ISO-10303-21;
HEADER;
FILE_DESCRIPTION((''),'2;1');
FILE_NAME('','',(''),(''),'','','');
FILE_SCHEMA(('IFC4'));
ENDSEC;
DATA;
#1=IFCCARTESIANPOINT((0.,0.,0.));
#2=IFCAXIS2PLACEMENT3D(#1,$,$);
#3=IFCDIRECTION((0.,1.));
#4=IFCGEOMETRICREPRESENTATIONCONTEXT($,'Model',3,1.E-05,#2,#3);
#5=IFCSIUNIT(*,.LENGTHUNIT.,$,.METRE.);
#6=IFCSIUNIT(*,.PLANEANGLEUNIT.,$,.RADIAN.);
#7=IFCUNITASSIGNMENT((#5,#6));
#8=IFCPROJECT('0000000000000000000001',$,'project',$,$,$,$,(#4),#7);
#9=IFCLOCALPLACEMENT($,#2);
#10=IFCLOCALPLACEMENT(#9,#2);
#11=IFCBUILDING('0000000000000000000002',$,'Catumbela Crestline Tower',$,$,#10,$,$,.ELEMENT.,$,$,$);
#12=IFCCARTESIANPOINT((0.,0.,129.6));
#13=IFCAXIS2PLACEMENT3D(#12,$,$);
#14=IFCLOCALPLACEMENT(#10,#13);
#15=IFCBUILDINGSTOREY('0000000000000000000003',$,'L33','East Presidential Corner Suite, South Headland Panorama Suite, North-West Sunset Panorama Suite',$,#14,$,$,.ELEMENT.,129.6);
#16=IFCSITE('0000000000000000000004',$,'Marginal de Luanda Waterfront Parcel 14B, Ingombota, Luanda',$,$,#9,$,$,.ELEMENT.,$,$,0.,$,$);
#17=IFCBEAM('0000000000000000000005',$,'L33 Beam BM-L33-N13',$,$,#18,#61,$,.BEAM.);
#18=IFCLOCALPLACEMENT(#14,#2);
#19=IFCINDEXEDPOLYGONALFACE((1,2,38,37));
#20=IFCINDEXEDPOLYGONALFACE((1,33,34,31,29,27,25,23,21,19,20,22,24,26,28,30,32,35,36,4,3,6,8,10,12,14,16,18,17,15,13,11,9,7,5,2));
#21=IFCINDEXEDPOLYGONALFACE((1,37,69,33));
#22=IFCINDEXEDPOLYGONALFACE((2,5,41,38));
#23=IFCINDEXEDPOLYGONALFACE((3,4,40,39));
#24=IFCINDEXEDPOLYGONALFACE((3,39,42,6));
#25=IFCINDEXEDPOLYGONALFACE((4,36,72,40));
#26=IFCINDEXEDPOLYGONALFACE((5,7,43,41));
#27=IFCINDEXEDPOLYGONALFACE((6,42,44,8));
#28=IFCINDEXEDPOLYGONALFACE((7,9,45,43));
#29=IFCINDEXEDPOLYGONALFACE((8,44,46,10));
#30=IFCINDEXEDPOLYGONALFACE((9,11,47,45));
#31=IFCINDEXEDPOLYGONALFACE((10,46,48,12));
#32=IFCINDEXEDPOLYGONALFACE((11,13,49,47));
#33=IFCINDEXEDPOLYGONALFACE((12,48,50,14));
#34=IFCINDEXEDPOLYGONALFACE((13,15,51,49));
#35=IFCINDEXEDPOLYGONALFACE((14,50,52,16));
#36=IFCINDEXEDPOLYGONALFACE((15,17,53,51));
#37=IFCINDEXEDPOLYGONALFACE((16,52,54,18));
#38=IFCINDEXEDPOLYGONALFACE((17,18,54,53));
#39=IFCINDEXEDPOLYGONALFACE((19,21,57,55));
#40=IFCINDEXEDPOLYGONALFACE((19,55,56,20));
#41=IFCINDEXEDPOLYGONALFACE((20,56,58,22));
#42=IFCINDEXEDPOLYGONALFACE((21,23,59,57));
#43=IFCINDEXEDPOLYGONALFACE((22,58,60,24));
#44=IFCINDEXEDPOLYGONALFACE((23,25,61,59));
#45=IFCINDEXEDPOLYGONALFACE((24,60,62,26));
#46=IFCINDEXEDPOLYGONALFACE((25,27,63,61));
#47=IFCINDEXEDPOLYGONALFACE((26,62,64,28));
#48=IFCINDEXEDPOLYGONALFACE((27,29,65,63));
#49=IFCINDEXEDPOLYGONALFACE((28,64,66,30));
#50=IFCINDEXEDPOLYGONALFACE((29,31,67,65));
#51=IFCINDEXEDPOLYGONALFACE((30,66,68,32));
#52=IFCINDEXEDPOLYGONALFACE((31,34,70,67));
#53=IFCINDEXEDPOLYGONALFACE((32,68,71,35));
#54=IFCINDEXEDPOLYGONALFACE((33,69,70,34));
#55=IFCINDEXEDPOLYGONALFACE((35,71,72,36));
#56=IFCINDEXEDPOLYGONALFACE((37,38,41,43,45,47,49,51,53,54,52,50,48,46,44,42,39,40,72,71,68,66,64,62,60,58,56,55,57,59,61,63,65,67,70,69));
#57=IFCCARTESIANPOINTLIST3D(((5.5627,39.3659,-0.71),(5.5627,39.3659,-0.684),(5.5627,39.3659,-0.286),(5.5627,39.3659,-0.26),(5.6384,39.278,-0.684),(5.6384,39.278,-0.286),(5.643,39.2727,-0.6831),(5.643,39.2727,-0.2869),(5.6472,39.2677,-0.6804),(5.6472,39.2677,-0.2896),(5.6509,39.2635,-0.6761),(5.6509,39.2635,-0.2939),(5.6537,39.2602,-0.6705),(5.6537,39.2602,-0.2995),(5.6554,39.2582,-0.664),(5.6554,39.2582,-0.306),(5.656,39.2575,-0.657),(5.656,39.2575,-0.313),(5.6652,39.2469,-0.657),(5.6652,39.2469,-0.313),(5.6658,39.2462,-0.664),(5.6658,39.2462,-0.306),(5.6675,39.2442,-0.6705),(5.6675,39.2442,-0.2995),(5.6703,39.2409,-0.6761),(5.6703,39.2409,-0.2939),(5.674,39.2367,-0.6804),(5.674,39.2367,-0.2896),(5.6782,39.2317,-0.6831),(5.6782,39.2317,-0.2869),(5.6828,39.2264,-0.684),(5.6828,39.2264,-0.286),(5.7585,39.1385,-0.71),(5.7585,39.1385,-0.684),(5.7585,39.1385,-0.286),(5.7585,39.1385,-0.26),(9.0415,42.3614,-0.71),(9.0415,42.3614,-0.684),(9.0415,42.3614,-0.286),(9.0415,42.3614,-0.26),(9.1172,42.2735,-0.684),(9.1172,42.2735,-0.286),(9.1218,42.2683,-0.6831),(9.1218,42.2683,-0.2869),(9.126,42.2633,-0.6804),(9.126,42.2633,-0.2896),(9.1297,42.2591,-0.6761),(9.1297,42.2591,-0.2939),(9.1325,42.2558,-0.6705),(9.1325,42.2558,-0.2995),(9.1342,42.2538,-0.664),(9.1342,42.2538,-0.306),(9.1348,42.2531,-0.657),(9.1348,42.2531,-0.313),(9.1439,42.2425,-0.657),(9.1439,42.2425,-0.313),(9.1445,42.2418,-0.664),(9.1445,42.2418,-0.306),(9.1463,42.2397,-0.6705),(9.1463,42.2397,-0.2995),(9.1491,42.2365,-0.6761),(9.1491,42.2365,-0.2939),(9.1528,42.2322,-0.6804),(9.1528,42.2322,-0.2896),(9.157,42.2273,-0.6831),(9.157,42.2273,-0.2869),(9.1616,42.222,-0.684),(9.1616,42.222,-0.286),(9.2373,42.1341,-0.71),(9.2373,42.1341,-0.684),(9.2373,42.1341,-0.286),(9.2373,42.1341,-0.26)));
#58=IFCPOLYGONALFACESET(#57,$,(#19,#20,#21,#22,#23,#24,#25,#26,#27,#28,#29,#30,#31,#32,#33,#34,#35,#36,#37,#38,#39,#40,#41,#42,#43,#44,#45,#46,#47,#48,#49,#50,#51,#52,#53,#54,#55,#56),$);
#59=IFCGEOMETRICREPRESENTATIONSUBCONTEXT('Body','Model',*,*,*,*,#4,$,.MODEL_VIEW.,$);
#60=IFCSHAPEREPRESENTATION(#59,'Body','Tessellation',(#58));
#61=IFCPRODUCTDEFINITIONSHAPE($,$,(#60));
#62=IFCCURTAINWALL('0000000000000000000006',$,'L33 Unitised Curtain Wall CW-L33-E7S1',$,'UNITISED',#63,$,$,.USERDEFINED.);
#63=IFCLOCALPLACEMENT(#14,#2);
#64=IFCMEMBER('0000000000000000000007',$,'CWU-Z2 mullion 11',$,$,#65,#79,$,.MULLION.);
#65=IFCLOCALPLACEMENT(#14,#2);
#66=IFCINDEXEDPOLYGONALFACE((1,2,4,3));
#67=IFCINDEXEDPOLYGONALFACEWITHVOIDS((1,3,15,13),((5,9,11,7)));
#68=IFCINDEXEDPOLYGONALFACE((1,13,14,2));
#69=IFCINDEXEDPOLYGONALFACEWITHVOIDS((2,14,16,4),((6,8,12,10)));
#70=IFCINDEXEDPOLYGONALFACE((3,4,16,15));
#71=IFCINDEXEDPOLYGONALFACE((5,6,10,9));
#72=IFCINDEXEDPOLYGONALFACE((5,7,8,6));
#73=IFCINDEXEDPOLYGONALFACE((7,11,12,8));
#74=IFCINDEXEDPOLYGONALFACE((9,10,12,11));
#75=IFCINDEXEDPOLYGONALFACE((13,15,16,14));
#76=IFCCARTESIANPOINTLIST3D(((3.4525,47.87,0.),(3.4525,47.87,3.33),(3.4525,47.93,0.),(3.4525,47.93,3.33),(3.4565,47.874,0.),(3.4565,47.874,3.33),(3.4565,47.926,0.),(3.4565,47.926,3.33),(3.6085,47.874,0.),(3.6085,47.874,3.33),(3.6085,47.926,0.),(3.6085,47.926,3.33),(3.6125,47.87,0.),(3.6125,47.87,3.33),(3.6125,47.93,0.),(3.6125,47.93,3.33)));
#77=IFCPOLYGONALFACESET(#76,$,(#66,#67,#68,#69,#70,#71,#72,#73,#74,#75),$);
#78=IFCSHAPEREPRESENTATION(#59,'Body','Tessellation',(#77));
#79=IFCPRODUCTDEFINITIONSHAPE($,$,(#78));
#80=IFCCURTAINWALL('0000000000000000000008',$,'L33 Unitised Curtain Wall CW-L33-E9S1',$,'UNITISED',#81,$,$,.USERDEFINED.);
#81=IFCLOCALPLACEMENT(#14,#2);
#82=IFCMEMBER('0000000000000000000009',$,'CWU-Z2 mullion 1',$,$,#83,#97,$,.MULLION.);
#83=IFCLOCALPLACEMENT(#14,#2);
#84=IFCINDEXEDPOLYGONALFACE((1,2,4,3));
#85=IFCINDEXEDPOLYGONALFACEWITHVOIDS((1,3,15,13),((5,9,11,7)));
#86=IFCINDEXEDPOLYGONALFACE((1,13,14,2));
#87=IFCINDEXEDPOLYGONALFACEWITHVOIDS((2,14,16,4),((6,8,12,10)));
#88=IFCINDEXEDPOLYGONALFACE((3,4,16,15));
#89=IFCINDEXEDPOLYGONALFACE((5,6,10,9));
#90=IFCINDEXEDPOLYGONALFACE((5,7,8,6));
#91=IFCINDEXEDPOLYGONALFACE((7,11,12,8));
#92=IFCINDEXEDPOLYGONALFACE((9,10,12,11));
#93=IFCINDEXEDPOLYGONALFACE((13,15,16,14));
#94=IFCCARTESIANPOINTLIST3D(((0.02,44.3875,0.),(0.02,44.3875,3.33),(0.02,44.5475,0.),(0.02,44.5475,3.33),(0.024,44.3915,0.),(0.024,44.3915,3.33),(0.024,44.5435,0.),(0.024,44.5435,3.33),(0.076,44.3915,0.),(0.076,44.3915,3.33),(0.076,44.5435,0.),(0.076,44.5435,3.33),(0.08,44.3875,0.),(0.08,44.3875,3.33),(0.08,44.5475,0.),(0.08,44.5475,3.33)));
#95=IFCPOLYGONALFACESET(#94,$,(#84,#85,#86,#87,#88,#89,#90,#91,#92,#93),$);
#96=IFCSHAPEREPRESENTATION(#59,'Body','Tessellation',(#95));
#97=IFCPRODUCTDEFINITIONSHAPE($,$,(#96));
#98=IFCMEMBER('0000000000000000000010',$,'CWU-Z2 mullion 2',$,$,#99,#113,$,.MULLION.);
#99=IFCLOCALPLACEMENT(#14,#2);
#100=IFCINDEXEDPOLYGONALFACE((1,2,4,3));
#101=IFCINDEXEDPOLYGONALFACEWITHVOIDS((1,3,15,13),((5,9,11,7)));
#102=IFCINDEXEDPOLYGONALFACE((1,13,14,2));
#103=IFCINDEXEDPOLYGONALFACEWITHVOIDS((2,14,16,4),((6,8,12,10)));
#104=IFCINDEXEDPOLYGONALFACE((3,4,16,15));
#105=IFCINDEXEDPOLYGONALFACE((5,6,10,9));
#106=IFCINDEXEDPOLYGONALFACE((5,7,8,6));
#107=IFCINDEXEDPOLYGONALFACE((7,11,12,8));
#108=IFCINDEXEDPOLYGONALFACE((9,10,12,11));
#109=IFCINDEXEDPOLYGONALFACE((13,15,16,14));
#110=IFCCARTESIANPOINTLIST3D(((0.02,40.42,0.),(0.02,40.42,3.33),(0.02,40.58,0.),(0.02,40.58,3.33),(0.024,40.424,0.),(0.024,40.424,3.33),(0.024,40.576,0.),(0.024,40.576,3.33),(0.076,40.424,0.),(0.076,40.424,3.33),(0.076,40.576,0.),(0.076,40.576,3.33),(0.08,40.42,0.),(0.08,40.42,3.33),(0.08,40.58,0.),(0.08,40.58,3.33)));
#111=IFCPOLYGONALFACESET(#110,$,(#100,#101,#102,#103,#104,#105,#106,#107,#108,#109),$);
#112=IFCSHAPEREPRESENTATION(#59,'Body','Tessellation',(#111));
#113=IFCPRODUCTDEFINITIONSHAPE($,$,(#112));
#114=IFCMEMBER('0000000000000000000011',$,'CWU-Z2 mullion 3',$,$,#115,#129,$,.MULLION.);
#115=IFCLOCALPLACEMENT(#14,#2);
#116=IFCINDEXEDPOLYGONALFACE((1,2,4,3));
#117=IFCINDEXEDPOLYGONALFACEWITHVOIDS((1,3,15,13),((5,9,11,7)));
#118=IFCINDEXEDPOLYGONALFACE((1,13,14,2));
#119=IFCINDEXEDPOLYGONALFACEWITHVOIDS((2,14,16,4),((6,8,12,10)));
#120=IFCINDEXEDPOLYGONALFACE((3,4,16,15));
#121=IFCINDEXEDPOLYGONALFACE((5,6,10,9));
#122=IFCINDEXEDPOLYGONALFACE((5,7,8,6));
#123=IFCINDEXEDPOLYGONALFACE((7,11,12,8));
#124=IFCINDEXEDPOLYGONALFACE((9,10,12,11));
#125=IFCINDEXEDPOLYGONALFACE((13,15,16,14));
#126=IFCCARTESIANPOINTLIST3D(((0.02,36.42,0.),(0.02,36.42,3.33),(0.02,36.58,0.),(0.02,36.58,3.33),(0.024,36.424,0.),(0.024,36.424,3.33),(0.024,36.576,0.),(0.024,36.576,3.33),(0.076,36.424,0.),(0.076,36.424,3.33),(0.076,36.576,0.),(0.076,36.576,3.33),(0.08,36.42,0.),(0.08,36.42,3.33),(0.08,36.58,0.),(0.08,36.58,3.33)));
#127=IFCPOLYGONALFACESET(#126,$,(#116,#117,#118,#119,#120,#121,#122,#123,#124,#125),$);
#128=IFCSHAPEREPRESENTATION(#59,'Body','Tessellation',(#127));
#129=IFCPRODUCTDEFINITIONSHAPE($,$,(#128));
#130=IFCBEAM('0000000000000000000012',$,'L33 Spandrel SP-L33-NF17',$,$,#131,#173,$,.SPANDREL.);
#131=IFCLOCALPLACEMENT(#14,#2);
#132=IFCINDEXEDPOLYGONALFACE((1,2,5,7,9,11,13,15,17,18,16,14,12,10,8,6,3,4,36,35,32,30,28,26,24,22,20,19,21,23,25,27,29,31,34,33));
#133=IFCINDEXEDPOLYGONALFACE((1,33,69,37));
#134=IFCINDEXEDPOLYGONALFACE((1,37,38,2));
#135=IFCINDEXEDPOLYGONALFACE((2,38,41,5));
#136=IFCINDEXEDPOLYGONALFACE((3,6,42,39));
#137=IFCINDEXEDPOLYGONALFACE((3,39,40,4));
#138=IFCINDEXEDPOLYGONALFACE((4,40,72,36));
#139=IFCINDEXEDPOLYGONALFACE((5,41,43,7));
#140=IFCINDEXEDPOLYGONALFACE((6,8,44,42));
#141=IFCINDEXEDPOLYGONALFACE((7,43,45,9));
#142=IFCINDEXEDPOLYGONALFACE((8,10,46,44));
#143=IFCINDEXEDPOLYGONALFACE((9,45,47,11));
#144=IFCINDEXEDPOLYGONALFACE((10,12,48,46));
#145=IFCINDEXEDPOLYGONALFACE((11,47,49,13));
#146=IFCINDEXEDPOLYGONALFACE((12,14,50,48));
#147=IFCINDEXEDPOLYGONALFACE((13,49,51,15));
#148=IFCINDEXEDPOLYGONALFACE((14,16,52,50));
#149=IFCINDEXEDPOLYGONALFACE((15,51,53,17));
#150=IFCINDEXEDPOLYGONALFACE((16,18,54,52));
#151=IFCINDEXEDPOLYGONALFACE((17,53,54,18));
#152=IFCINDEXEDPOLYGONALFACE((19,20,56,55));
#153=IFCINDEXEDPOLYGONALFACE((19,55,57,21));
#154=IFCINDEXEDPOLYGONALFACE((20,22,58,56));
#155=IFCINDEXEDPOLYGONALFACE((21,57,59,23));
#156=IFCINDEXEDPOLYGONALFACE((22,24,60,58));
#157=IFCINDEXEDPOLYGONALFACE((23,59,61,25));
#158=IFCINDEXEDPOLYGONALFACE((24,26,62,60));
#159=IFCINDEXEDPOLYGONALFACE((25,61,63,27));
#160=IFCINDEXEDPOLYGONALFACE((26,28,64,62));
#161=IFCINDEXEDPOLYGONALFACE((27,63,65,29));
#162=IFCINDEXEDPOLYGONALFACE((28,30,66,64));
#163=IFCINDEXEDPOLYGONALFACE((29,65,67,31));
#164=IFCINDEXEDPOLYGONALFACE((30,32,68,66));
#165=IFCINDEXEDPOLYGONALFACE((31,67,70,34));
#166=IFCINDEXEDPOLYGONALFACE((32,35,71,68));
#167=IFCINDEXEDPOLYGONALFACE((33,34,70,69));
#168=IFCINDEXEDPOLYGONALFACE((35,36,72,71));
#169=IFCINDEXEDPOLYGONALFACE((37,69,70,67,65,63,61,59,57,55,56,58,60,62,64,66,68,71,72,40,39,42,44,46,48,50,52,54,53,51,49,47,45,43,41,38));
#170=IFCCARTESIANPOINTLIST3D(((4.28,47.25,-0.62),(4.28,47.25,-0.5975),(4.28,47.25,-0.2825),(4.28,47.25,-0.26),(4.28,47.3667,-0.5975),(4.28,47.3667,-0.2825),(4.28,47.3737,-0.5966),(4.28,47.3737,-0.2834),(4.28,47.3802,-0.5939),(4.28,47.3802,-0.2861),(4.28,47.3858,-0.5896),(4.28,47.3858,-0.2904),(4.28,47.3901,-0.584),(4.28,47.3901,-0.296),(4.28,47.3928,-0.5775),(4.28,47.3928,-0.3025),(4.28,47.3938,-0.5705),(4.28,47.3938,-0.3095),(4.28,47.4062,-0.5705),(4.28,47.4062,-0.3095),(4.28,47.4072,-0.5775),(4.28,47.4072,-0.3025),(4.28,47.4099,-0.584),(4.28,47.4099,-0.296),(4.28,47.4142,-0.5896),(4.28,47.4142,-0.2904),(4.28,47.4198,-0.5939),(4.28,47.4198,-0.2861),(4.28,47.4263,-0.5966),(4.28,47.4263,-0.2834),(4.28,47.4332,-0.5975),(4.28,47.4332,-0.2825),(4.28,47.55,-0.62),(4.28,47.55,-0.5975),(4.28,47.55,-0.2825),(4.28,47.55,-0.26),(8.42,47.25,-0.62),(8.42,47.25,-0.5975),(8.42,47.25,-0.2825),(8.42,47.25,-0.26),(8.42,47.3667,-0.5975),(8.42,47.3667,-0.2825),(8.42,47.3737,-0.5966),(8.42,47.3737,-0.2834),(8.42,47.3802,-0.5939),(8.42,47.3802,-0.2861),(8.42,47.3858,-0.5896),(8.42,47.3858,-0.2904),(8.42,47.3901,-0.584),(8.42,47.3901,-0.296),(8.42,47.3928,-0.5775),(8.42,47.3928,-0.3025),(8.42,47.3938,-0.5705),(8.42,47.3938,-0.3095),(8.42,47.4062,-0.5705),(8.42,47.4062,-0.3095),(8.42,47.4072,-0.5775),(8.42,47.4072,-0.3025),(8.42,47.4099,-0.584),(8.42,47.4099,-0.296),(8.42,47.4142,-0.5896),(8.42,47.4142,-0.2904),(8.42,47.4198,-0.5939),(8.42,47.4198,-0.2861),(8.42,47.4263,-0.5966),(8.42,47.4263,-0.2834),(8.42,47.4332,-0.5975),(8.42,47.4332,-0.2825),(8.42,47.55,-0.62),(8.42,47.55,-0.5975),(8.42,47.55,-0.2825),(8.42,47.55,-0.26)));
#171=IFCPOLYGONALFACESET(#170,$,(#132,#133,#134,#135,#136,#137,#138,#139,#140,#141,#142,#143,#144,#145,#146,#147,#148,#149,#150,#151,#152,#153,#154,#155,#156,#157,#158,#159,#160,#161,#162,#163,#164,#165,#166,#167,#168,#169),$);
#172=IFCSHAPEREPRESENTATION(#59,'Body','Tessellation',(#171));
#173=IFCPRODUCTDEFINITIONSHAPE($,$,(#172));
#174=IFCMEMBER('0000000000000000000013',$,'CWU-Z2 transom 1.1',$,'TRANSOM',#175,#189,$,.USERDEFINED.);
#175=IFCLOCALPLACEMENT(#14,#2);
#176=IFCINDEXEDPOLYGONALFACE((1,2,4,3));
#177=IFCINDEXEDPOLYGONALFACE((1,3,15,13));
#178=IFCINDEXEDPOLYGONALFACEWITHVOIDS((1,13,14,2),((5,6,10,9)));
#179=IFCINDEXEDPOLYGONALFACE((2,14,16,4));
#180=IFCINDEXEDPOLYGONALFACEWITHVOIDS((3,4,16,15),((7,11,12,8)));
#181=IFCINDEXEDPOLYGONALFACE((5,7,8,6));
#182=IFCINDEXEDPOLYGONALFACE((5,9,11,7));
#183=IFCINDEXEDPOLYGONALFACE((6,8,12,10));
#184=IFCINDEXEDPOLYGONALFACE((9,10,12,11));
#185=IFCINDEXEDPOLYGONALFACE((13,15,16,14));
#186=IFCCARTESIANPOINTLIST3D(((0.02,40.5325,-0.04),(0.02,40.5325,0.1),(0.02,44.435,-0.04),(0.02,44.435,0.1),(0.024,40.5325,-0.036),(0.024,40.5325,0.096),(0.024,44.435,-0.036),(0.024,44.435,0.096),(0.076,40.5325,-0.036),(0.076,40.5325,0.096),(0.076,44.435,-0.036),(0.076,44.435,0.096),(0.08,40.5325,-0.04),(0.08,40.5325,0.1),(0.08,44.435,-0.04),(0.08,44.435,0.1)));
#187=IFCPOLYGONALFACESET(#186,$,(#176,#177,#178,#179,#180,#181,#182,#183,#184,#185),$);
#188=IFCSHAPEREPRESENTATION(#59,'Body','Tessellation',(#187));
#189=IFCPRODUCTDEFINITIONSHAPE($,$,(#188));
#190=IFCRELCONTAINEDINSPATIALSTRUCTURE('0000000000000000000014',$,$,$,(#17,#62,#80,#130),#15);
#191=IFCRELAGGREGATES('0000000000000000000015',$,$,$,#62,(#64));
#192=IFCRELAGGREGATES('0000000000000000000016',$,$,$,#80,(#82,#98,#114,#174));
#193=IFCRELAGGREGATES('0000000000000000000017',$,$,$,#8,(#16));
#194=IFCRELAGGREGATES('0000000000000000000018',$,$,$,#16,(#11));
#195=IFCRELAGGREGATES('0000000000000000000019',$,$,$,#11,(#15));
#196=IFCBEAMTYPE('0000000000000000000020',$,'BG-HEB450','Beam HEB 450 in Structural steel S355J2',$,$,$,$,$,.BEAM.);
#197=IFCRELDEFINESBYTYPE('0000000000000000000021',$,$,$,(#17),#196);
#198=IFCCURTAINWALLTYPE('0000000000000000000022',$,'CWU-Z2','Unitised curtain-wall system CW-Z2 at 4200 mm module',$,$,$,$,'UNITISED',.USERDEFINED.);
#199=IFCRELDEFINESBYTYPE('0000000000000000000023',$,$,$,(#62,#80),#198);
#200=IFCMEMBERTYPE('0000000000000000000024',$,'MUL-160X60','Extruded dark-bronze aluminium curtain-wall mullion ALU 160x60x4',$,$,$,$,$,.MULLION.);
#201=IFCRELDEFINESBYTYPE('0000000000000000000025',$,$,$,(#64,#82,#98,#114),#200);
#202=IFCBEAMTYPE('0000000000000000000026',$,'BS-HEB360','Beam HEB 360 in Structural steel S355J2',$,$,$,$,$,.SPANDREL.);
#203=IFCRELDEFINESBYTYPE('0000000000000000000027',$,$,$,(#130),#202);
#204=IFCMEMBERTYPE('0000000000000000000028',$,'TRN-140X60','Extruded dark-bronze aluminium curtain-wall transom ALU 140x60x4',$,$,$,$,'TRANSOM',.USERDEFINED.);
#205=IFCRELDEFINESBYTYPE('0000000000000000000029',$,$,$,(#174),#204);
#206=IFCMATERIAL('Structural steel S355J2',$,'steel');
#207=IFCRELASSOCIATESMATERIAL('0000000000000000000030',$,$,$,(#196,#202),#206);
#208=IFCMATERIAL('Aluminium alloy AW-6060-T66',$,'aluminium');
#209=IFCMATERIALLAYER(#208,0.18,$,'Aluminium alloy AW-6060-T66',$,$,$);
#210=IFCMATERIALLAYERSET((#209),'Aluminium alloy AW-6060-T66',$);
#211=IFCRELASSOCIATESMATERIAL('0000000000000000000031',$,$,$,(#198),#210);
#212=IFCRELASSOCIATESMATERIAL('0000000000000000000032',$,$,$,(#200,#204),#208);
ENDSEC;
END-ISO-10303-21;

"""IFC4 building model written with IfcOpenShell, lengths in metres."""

from ifc_helpers import new_model, si_unit, direction, frame, origin, origin_2d, place, context, subcontext, project, spatial, hollow_rectangle, i_section, extrude, material, layer, layer_set, material_profile, profile_set, type_object, element, aggregate, save


model = new_model("IFC4")

# Units and contexts
model_context = context("Model", 3, precision=1e-05, world=origin(), true_north=direction((0.0, 1.0)))
body_context = subcontext(model_context, "Body", "Model", "MODEL_VIEW")
ifc_project = project(units=[si_unit("LENGTHUNIT", "METRE"), si_unit("PLANEANGLEUNIT", "RADIAN")], contexts=[model_context])

# Site, building, storey
site_placement = place(None, origin())
site = spatial("IfcSite", under=ifc_project, at=site_placement, Name="Marginal de Luanda Waterfront Parcel 14B, Ingombota, Luanda", CompositionType="ELEMENT", RefElevation=0.0)
building_placement = place(site_placement, origin())
building = spatial("IfcBuilding", under=site, at=building_placement, Name="Catumbela Crestline Tower", CompositionType="ELEMENT")
storey_placement = place(building_placement, frame((0.0, 0.0, 129.6)))
storey = spatial("IfcBuildingStorey", under=building, at=storey_placement, Name="L33", Description="East Presidential Corner Suite, South Headland Panorama Suite, North-West Sunset Panorama Suite", CompositionType="ELEMENT", Elevation=129.6)

# Beam
ifc_material_1 = material(Name="Structural steel S355J2", Category="steel")
ifc_material_profile_1 = material_profile(ifc_material_1, i_section(OverallWidth=0.3, OverallDepth=0.45, WebThickness=0.014, FlangeThickness=0.026, FilletRadius=0.027, at=origin_2d()), Name="HEB 450")
ifc_profile_set_1 = profile_set([ifc_material_profile_1], Name="Structural steel S355J2")
beam_type_1 = type_object("IfcBeamType", Name="BG-HEB450", Description="Beam HEB 450 in Structural steel S355J2", PredefinedType="BEAM", material=ifc_profile_set_1)
beam_1_placement = place(storey_placement, frame((5.6606, 39.2522, -0.485), z_axis=(0.757772, 0.652519, 0.0), x_axis=(-0.652519, 0.757772, 0.0)))
element("IfcBeam", 1, at=beam_1_placement, inside=storey, type_object=beam_type_1, Name="L33 Beam BM-L33-N13", PredefinedType="BEAM", context=body_context, shape_type="SweptSolid", body=[
    extrude(i_section(OverallWidth=0.3, OverallDepth=0.45, WebThickness=0.014, FlangeThickness=0.026, FilletRadius=0.027, at=origin_2d()), origin(), (0.0, 0.0, 1.0), 4.5908),
])

# Curtain wall, member
ifc_material_2 = material(Name="Aluminium alloy AW-6060-T66", Category="aluminium")
ifc_layer_1 = layer(ifc_material_2, 0.18, Name="Aluminium alloy AW-6060-T66")
ifc_layer_set_1 = layer_set([ifc_layer_1], Name="Aluminium alloy AW-6060-T66")
curtain_wall_type = type_object("IfcCurtainWallType", Name="CWU-Z2", Description="Unitised curtain-wall system CW-Z2 at 4200 mm module", ElementType="UNITISED", PredefinedType="USERDEFINED", material=ifc_layer_set_1)
curtain_wall_1_placement = place(storey_placement, origin())
curtain_wall_1 = element("IfcCurtainWall", 2, at=curtain_wall_1_placement, inside=storey, type_object=curtain_wall_type, Name="L33 Unitised Curtain Wall CW-L33-E7S1", ObjectType="UNITISED", PredefinedType="USERDEFINED")
ifc_material_profile_2 = material_profile(ifc_material_2, hollow_rectangle(XDim=0.06, YDim=0.16, WallThickness=0.004, at=origin_2d()), Name="ALU 160x60x4")
ifc_profile_set_2 = profile_set([ifc_material_profile_2], Name="Aluminium alloy AW-6060-T66")
member_type_1 = type_object("IfcMemberType", Name="MUL-160X60", Description="Extruded dark-bronze aluminium curtain-wall mullion ALU 160x60x4", PredefinedType="MULLION", material=ifc_profile_set_2)
member_1_placement = place(storey_placement, frame((3.5325, 47.9, 0.0), z_axis=(0.0, 0.0, 1.0), x_axis=(0.0, -1.0, 0.0)))
member_1 = element("IfcMember", 3, at=member_1_placement, type_object=member_type_1, Name="CWU-Z2 mullion 11", PredefinedType="MULLION", context=body_context, shape_type="SweptSolid", body=[
    extrude(hollow_rectangle(XDim=0.06, YDim=0.16, WallThickness=0.004, at=origin_2d()), origin(), (0.0, 0.0, 1.0), 3.33),
])
aggregate(curtain_wall_1, [member_1])

# Curtain wall, members
curtain_wall_2_placement = place(storey_placement, origin())
curtain_wall_2 = element("IfcCurtainWall", 4, at=curtain_wall_2_placement, inside=storey, type_object=curtain_wall_type, Name="L33 Unitised Curtain Wall CW-L33-E9S1", ObjectType="UNITISED", PredefinedType="USERDEFINED")
member_2_placement = place(storey_placement, frame((0.05, 44.4675, 0.0), z_axis=(0.0, 0.0, 1.0), x_axis=(1.0, 0.0, 0.0)))
member_2 = element("IfcMember", 5, at=member_2_placement, type_object=member_type_1, Name="CWU-Z2 mullion 1", PredefinedType="MULLION", context=body_context, shape_type="SweptSolid", body=[
    extrude(hollow_rectangle(XDim=0.06, YDim=0.16, WallThickness=0.004, at=origin_2d()), origin(), (0.0, 0.0, 1.0), 3.33),
])
member_3_placement = place(storey_placement, frame((0.05, 40.5, 0.0), z_axis=(0.0, 0.0, 1.0), x_axis=(1.0, 0.0, 0.0)))
member_3 = element("IfcMember", 6, at=member_3_placement, type_object=member_type_1, Name="CWU-Z2 mullion 2", PredefinedType="MULLION", context=body_context, shape_type="SweptSolid", body=[
    extrude(hollow_rectangle(XDim=0.06, YDim=0.16, WallThickness=0.004, at=origin_2d()), origin(), (0.0, 0.0, 1.0), 3.33),
])
member_4_placement = place(storey_placement, frame((0.05, 36.5, 0.0), z_axis=(0.0, 0.0, 1.0), x_axis=(1.0, 0.0, 0.0)))
member_4 = element("IfcMember", 7, at=member_4_placement, type_object=member_type_1, Name="CWU-Z2 mullion 3", PredefinedType="MULLION", context=body_context, shape_type="SweptSolid", body=[
    extrude(hollow_rectangle(XDim=0.06, YDim=0.16, WallThickness=0.004, at=origin_2d()), origin(), (0.0, 0.0, 1.0), 3.33),
])

# Beam
ifc_material_profile_3 = material_profile(ifc_material_1, i_section(OverallWidth=0.3, OverallDepth=0.36, WebThickness=0.0125, FlangeThickness=0.0225, FilletRadius=0.027, at=origin_2d()), Name="HEB 360")
ifc_profile_set_3 = profile_set([ifc_material_profile_3], Name="Structural steel S355J2")
beam_type_2 = type_object("IfcBeamType", Name="BS-HEB360", Description="Beam HEB 360 in Structural steel S355J2", PredefinedType="SPANDREL", material=ifc_profile_set_3)
beam_2_placement = place(storey_placement, frame((4.28, 47.4, -0.44), z_axis=(1.0, 0.0, 0.0), x_axis=(0.0, 1.0, 0.0)))
element("IfcBeam", 8, at=beam_2_placement, inside=storey, type_object=beam_type_2, Name="L33 Spandrel SP-L33-NF17", PredefinedType="SPANDREL", context=body_context, shape_type="SweptSolid", body=[
    extrude(i_section(OverallWidth=0.3, OverallDepth=0.36, WebThickness=0.0125, FlangeThickness=0.0225, FilletRadius=0.027, at=origin_2d()), origin(), (0.0, 0.0, 1.0), 4.14),
])

# Member
ifc_material_profile_4 = material_profile(ifc_material_2, hollow_rectangle(XDim=0.06, YDim=0.14, WallThickness=0.004, at=origin_2d()), Name="ALU 140x60x4")
ifc_profile_set_4 = profile_set([ifc_material_profile_4], Name="Aluminium alloy AW-6060-T66")
member_type_2 = type_object("IfcMemberType", Name="TRN-140X60", Description="Extruded dark-bronze aluminium curtain-wall transom ALU 140x60x4", ElementType="TRANSOM", PredefinedType="USERDEFINED", material=ifc_profile_set_4)
member_5_placement = place(storey_placement, frame((0.05, 44.435, 0.03), z_axis=(0.0, -1.0, 0.0), x_axis=(1.0, 0.0, 0.0)))
member_5 = element("IfcMember", 9, at=member_5_placement, type_object=member_type_2, Name="CWU-Z2 transom 1.1", ObjectType="TRANSOM", PredefinedType="USERDEFINED", context=body_context, shape_type="SweptSolid", body=[
    extrude(hollow_rectangle(XDim=0.06, YDim=0.14, WallThickness=0.004, at=origin_2d()), origin(), (0.0, 0.0, 1.0), 3.9025),
])

aggregate(curtain_wall_2, [member_2, member_3, member_4, member_5])

save(model, "model.ifc")
